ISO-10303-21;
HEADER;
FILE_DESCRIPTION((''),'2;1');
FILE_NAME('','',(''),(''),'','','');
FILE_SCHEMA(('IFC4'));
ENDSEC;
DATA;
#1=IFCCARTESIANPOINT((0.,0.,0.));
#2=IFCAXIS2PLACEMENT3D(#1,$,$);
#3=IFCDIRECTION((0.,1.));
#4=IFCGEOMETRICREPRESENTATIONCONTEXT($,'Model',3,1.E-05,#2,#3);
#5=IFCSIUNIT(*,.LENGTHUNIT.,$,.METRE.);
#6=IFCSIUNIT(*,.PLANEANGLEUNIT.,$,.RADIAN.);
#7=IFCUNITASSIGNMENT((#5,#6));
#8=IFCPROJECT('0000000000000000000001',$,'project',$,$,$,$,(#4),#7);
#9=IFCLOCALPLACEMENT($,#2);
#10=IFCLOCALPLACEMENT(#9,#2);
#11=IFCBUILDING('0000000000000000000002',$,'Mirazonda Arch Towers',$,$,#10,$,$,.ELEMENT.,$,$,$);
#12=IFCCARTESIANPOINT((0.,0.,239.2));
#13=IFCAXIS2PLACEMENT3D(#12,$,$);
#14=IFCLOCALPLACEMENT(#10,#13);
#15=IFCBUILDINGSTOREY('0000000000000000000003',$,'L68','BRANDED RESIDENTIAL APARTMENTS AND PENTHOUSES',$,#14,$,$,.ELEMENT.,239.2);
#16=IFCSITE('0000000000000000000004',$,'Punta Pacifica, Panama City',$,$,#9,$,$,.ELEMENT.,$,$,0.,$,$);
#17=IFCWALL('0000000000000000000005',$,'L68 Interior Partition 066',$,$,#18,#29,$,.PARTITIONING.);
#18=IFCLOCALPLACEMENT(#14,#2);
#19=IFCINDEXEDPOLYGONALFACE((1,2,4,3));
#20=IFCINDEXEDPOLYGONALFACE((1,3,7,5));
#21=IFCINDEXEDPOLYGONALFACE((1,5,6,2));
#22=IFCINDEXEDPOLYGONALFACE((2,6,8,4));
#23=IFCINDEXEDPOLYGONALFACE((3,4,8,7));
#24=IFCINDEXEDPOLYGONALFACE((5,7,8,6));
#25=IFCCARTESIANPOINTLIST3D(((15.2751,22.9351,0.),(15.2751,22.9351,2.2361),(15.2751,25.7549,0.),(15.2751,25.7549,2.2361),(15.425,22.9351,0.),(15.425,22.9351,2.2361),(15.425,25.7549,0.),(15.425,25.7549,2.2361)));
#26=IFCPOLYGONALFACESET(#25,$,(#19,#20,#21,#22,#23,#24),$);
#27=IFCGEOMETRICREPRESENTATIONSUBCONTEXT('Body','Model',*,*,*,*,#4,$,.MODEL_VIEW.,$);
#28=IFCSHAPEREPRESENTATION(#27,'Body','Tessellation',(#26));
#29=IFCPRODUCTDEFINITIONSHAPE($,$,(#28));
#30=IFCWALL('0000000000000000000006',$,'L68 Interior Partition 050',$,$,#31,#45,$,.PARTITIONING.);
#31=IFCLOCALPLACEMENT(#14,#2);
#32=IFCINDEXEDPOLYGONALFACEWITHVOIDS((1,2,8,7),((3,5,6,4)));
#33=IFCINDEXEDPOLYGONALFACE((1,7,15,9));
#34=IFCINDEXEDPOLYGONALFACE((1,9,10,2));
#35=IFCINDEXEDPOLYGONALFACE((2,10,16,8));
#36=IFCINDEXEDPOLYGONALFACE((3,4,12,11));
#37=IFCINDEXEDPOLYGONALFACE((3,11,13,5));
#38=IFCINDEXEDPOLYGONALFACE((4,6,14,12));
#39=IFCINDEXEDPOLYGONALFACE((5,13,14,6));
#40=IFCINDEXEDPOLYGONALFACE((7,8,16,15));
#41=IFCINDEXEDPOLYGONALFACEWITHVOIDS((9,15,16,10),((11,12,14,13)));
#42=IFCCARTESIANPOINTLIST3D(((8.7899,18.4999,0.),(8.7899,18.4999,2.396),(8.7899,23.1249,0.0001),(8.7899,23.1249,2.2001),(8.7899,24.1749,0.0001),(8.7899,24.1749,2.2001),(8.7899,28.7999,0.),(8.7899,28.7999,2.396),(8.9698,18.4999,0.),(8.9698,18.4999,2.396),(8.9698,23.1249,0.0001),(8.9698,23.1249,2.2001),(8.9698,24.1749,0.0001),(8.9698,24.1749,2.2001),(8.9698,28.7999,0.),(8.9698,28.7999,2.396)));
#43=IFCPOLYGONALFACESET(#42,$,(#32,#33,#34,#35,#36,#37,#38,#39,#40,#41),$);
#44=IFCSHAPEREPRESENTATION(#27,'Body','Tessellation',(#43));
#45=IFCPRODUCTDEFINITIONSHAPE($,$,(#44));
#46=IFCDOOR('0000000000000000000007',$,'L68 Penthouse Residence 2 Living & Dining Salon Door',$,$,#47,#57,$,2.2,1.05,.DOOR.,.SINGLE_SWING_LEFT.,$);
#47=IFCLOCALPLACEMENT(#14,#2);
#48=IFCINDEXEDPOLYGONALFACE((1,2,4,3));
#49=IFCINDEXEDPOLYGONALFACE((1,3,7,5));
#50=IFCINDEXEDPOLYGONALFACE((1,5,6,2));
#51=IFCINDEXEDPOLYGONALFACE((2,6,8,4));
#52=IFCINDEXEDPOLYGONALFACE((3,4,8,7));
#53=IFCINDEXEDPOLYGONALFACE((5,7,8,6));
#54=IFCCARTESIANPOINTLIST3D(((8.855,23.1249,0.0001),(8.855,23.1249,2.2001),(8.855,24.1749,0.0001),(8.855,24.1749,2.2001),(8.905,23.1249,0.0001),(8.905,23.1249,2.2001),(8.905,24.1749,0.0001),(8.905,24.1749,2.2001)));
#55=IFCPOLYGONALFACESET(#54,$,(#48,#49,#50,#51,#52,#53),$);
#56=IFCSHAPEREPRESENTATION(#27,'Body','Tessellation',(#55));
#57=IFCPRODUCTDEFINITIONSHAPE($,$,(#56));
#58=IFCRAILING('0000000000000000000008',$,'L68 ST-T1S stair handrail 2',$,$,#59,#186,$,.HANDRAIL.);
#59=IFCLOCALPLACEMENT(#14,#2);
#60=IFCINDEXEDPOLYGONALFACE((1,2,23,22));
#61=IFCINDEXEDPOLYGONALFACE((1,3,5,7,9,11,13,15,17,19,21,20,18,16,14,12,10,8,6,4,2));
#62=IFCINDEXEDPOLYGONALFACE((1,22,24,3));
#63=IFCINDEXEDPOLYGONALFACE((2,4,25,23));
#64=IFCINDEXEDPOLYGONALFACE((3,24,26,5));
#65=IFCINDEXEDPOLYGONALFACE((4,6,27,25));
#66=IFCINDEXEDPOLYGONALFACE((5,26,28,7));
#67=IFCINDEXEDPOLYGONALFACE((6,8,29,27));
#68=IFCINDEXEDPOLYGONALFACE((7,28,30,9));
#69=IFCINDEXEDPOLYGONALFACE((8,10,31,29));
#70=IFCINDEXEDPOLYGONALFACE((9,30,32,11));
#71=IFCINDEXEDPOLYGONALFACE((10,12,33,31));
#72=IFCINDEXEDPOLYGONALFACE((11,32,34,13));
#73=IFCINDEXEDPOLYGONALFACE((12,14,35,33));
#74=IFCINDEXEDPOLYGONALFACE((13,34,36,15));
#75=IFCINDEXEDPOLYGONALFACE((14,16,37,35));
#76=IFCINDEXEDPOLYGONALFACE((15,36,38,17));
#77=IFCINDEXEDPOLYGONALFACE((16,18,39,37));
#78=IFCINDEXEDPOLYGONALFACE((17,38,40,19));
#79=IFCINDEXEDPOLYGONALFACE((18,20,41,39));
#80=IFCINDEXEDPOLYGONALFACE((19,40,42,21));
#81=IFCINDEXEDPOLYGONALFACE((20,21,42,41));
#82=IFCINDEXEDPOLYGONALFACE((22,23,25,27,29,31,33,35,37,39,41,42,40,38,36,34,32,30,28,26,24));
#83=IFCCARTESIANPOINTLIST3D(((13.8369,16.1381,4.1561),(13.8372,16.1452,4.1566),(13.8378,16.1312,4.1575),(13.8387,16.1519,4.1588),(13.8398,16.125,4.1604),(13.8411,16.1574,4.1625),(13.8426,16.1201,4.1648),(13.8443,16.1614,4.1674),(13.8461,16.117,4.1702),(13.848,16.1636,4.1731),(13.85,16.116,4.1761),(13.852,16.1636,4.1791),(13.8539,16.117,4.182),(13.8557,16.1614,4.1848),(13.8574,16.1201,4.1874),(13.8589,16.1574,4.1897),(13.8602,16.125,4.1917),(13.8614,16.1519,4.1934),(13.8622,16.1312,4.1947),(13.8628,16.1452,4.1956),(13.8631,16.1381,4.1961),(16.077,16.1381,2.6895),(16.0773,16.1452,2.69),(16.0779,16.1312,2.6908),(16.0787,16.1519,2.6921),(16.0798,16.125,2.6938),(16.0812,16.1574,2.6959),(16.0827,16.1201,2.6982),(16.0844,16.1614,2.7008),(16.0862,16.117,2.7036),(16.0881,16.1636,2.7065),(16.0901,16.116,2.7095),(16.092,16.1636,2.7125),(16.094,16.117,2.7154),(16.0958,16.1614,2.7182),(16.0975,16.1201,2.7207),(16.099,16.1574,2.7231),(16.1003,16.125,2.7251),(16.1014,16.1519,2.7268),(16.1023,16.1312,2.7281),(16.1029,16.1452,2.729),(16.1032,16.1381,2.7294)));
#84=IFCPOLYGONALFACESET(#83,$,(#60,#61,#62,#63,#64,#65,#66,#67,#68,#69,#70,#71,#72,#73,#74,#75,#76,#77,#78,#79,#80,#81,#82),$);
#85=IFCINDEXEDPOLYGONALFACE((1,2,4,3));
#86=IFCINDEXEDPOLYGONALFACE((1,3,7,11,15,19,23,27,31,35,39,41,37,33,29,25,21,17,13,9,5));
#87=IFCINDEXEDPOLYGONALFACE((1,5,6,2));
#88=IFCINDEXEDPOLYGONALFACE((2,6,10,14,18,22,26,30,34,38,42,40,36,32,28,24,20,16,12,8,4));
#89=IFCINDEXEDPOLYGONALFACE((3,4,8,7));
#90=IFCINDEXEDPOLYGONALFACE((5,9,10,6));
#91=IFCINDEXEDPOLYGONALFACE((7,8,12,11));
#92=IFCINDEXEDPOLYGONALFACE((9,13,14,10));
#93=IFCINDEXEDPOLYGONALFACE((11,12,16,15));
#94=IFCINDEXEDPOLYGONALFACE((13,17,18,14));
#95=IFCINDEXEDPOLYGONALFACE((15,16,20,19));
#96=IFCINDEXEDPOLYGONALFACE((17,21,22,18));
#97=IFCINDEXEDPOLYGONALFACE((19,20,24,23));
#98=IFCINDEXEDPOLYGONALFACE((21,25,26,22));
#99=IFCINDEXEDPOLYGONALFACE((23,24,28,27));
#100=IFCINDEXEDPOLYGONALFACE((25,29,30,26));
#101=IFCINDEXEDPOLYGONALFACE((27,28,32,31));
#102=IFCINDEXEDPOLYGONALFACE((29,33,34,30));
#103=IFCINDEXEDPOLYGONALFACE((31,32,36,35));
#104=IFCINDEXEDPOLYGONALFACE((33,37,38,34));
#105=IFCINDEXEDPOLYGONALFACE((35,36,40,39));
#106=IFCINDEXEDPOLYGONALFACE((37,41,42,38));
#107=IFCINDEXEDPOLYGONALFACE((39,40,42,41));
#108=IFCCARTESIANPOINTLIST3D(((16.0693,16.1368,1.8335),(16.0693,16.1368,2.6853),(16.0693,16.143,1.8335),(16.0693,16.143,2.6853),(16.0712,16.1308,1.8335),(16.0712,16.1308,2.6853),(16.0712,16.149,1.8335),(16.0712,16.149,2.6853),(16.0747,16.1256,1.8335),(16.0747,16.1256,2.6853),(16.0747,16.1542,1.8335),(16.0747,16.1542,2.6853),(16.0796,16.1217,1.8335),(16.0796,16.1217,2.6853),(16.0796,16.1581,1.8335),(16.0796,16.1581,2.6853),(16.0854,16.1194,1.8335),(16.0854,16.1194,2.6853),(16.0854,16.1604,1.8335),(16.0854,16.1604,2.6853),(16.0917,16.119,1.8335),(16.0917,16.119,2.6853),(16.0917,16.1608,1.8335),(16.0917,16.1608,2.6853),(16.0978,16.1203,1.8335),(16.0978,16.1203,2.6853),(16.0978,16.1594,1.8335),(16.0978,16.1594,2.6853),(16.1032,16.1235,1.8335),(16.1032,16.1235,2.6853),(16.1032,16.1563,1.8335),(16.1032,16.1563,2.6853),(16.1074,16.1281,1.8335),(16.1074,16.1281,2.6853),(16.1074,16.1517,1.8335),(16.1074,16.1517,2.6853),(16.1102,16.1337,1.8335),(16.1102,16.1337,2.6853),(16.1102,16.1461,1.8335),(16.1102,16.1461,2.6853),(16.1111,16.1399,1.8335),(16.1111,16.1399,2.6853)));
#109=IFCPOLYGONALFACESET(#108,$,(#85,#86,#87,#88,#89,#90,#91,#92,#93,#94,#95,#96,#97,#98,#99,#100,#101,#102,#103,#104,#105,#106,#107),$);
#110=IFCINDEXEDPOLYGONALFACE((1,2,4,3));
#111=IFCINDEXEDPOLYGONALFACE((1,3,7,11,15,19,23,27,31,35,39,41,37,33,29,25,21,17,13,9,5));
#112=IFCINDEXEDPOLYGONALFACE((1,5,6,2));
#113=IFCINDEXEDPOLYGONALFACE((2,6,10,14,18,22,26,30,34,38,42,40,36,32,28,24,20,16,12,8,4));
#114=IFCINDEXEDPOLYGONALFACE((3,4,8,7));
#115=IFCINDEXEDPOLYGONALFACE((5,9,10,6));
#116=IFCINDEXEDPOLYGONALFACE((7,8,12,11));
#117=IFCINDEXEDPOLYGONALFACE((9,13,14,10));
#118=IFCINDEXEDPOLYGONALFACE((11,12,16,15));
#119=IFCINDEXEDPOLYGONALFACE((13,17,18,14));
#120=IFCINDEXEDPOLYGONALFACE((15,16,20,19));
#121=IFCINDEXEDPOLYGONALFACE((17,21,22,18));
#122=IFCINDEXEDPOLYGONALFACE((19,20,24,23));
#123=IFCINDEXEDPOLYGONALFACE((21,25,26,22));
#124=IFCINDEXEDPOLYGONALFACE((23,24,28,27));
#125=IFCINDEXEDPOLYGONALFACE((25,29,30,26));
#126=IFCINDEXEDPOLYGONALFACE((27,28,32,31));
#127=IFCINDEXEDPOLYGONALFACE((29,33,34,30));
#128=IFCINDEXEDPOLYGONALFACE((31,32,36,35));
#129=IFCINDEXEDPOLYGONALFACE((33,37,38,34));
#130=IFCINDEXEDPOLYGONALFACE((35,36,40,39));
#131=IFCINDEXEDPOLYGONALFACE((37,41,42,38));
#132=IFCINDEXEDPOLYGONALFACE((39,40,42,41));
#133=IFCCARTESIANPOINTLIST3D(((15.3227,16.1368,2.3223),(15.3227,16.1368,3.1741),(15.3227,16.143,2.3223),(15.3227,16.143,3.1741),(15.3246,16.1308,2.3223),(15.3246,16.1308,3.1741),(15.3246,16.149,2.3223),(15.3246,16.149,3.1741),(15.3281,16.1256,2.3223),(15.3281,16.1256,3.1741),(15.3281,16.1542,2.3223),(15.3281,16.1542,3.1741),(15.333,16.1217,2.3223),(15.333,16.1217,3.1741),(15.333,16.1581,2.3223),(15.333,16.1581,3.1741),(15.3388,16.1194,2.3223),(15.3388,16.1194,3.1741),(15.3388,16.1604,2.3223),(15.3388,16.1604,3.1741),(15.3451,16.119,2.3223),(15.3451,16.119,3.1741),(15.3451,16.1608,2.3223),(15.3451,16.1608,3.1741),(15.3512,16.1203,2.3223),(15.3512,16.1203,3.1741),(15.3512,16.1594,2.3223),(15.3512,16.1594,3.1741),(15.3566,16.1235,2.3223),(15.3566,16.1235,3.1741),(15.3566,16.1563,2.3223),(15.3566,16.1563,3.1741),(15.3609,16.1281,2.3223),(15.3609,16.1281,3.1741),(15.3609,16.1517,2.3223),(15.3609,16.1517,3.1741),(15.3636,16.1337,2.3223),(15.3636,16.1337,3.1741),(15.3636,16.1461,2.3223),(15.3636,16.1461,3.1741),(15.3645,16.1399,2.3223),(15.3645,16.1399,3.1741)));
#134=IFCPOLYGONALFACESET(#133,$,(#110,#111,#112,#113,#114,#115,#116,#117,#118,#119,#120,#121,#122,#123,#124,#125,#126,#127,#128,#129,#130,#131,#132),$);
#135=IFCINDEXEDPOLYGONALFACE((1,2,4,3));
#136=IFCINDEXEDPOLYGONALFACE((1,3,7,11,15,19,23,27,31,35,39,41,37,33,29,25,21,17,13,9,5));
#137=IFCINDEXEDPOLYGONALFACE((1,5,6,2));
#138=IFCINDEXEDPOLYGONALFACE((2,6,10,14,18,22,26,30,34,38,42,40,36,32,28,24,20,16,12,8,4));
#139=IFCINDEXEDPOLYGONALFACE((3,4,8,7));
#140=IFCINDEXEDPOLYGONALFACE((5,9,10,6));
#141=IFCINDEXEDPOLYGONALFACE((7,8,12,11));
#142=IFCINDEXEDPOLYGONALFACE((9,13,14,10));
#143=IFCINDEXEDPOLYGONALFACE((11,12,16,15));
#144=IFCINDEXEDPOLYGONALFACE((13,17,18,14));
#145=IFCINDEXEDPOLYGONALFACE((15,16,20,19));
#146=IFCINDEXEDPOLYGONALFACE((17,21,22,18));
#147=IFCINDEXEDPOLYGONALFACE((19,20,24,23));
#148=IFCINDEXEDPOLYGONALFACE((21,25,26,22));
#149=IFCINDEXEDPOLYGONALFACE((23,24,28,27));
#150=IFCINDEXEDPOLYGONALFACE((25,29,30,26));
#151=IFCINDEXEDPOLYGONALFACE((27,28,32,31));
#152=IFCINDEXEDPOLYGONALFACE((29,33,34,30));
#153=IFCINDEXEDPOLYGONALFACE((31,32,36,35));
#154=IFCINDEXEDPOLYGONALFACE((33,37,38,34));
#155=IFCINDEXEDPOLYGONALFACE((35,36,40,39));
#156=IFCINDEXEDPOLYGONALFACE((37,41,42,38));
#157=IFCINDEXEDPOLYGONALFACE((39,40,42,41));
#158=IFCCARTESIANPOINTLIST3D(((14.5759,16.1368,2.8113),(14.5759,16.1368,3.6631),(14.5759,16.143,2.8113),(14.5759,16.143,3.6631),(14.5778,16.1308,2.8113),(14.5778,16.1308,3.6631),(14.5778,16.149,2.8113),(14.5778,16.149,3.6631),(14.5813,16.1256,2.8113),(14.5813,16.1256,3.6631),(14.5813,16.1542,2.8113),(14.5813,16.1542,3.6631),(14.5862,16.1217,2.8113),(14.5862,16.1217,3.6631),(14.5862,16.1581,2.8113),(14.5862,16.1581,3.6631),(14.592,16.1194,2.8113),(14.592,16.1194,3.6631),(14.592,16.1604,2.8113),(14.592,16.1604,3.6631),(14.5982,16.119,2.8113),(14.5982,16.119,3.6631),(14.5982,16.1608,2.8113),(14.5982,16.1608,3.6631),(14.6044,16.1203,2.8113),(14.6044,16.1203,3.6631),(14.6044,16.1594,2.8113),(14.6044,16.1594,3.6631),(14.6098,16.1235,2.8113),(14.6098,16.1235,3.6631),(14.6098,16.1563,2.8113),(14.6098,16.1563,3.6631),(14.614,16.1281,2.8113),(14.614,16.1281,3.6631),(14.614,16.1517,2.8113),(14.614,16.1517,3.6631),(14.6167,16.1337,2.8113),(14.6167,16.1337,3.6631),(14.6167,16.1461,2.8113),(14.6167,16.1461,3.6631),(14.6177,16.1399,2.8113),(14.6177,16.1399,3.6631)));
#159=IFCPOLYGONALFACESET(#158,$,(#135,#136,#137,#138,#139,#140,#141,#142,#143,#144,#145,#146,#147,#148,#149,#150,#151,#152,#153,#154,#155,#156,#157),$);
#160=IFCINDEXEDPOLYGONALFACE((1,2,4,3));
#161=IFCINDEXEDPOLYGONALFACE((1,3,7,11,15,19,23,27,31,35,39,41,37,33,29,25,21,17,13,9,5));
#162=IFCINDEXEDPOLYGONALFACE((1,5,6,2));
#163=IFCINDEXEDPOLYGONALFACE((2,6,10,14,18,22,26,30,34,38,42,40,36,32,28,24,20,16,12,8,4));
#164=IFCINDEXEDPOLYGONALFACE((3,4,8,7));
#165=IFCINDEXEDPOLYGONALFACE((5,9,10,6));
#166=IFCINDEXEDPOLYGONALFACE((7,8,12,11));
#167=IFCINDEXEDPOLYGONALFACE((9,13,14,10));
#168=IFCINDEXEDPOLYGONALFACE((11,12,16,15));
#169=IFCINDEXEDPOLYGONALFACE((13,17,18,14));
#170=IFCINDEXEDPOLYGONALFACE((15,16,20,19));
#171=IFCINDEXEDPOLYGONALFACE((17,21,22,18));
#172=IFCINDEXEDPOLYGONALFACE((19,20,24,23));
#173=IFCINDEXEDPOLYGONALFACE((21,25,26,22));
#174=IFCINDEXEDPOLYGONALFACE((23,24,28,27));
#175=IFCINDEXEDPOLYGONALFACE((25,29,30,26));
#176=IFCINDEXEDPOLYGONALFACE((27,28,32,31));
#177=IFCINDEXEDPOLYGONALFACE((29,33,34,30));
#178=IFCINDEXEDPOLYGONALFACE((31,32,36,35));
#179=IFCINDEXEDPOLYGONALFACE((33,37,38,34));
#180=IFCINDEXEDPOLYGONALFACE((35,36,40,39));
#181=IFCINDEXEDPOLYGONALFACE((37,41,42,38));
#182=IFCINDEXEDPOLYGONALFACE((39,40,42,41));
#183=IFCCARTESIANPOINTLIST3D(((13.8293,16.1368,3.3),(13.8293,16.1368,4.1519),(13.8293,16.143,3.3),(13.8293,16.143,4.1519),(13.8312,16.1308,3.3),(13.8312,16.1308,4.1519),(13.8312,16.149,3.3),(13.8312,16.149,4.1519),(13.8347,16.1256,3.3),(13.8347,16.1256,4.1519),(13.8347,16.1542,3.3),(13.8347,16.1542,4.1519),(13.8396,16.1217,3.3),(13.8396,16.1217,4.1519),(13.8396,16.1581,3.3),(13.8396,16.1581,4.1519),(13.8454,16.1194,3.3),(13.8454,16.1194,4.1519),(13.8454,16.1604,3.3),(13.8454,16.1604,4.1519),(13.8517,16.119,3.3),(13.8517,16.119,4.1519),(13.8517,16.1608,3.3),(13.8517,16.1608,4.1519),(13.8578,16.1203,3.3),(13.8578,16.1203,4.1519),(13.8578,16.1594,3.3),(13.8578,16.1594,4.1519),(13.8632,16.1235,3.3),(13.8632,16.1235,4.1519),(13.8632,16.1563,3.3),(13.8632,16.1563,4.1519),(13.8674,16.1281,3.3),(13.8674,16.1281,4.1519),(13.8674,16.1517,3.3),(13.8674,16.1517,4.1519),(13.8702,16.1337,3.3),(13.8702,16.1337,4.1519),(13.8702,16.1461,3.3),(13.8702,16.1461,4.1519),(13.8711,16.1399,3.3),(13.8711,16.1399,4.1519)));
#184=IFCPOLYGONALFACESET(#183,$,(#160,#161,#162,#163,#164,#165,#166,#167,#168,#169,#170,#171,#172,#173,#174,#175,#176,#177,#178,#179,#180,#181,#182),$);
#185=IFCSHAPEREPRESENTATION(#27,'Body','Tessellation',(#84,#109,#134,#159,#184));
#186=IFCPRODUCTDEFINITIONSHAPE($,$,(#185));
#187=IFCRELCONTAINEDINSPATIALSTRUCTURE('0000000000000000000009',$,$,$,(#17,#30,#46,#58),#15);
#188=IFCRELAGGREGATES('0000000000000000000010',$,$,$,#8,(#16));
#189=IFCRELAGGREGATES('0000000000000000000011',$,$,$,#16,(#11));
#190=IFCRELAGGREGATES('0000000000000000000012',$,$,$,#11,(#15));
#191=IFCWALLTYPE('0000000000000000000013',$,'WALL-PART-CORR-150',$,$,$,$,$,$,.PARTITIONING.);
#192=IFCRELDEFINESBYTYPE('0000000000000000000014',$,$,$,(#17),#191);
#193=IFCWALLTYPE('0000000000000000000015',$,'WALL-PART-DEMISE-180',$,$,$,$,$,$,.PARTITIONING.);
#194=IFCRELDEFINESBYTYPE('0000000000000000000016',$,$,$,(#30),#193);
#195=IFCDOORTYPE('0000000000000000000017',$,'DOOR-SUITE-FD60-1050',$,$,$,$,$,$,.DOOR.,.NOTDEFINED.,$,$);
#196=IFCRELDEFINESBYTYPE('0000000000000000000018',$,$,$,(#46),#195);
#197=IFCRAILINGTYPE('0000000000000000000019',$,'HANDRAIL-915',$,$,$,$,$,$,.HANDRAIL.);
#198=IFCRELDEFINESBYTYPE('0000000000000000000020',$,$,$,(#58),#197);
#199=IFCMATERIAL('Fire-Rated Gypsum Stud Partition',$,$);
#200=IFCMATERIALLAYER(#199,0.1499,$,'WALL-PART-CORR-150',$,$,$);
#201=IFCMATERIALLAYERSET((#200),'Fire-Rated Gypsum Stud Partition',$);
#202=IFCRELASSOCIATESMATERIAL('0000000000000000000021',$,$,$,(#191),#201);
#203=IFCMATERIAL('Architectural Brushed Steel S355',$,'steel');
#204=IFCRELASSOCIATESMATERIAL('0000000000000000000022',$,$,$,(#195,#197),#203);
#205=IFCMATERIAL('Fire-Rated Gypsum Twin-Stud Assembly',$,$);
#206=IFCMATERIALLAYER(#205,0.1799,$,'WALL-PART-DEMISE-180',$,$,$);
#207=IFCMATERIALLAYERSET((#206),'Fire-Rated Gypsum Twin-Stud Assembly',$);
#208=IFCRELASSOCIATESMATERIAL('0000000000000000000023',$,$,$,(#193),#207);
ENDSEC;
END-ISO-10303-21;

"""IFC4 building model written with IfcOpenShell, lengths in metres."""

from ifc_helpers import new_model, si_unit, direction, frame, frame_2d, origin, origin_2d, place, context, subcontext, project, spatial, rectangle, circle, extrude, material, layer, layer_set, type_object, element, fill, save


model = new_model("IFC4")

# Units and contexts
model_context = context("Model", 3, precision=1e-05, world=origin(), true_north=direction((0.0, 1.0)))
body_context = subcontext(model_context, "Body", "Model", "MODEL_VIEW")
ifc_project = project(units=[si_unit("LENGTHUNIT", "METRE"), si_unit("PLANEANGLEUNIT", "RADIAN")], contexts=[model_context])

# Site, building, storey
site_placement = place(None, origin())
site = spatial("IfcSite", under=ifc_project, at=site_placement, Name="Punta Pacifica, Panama City", CompositionType="ELEMENT", RefElevation=0.0)
building_placement = place(site_placement, origin())
building = spatial("IfcBuilding", under=site, at=building_placement, Name="Mirazonda Arch Towers", CompositionType="ELEMENT")
storey_placement = place(building_placement, frame((0.0, 0.0, 239.2)))
storey = spatial("IfcBuildingStorey", under=building, at=storey_placement, Name="L68", Description="BRANDED RESIDENTIAL APARTMENTS AND PENTHOUSES", CompositionType="ELEMENT", Elevation=239.2)

# Shared definitions
ifc_material_1 = material(Name="Architectural Brushed Steel S355", Category="steel")

# Shared definitions
ifc_material_2 = material(Name="Fire-Rated Gypsum Stud Partition")
ifc_layer_1 = layer(ifc_material_2, 0.1499, Name="WALL-PART-CORR-150")
ifc_layer_set_1 = layer_set([ifc_layer_1], Name="Fire-Rated Gypsum Stud Partition")
wall_type_1 = type_object("IfcWallType", Name="WALL-PART-CORR-150", PredefinedType="PARTITIONING", material=ifc_layer_set_1)

# Shared definitions
door_type_1 = type_object("IfcDoorType", Name="DOOR-SUITE-FD60-1050", OperationType="NOTDEFINED", PredefinedType="DOOR", material=ifc_material_1)

# Wall
wall_1_placement = place(storey_placement, frame((15.3501, 22.9351, 0.0), z_axis=(0.0, 0.0, 1.0), x_axis=(0.0, 1.0, 0.0)))
element("IfcWall", 1, at=wall_1_placement, inside=storey, type_object=wall_type_1, Name="L68 Interior Partition 066", PredefinedType="PARTITIONING", context=body_context, shape_type="SweptSolid", body=[
    extrude(rectangle(XDim=2.8198, YDim=0.1499, at=frame_2d((1.4099, 0.0))), origin(), (0.0, 0.0, 1.0), 2.2361),
])

# Wall, opening, door
ifc_material_3 = material(Name="Fire-Rated Gypsum Twin-Stud Assembly")
ifc_layer_2 = layer(ifc_material_3, 0.1799, Name="WALL-PART-DEMISE-180")
ifc_layer_set_2 = layer_set([ifc_layer_2], Name="Fire-Rated Gypsum Twin-Stud Assembly")
wall_type_2 = type_object("IfcWallType", Name="WALL-PART-DEMISE-180", PredefinedType="PARTITIONING", material=ifc_layer_set_2)
wall_2_placement = place(storey_placement, frame((8.8799, 18.5, 0.0), z_axis=(0.0, 0.0, 1.0), x_axis=(0.0, 1.0, 0.0)))
wall_2 = element("IfcWall", 2, at=wall_2_placement, inside=storey, type_object=wall_type_2, Name="L68 Interior Partition 050", PredefinedType="PARTITIONING", context=body_context, shape_type="SweptSolid", body=[
    extrude(rectangle(XDim=10.3, YDim=0.1799, at=frame_2d((5.1499, 0.0))), origin(), (0.0, 0.0, 1.0), 2.396),
])
opening_1_placement = place(wall_2_placement, frame((4.625, 0.0, 0.0)))
opening_1 = element("IfcOpeningElement", 3, at=opening_1_placement, cuts=wall_2, PredefinedType="OPENING", context=body_context, shape_type="SweptSolid", body=[
    extrude(rectangle(XDim=1.05, YDim=2.2, at=frame_2d((0.5249, 1.1001))), frame((0.0, 0.0999, 0.0), z_axis=(0.0, -1.0, 0.0), x_axis=(1.0, 0.0, 0.0)), (0.0, 0.0, 1.0), 0.2),
])
door_1_placement = place(opening_1_placement, origin())
door_1 = element("IfcDoor", 4, at=door_1_placement, inside=storey, type_object=door_type_1, Name="L68 Penthouse Residence 2 Living & Dining Salon Door", OperationType="SINGLE_SWING_LEFT", OverallHeight=2.2, OverallWidth=1.05, PredefinedType="DOOR", context=body_context, shape_type="SweptSolid", body=[
    extrude(rectangle(XDim=1.05, YDim=2.2, at=frame_2d((0.5249, 1.1001))), frame((0.0, 0.0249, 0.0), z_axis=(0.0, -1.0, 0.0), x_axis=(1.0, 0.0, 0.0)), (0.0, 0.0, 1.0), 0.05),
])
fill(opening_1, door_1)

# Railing
railing_type = type_object("IfcRailingType", Name="HANDRAIL-915", PredefinedType="HANDRAIL", material=ifc_material_1)
railing_placement = place(storey_placement, frame((16.0901, 16.1399, 1.8335)))
element("IfcRailing", 5, at=railing_placement, inside=storey, type_object=railing_type, Name="L68 ST-T1S stair handrail 2", PredefinedType="HANDRAIL", context=body_context, shape_type="SweptSolid", body=[
    extrude(circle(Radius=0.0239, at=origin_2d()), frame((0.0, 0.0, 0.876), z_axis=(-0.836637, 0.0, 0.547758), x_axis=(0.0, -1.0, 0.0)), (0.0, 0.0, 1.0), 2.6775),
    extrude(circle(Radius=0.021, at=origin_2d()), origin(), (0.0, 0.0, 1.0), 0.8518),
    extrude(circle(Radius=0.021, at=origin_2d()), frame((-0.7466, 0.0, 0.4888)), (0.0, 0.0, 1.0), 0.8518),
    extrude(circle(Radius=0.021, at=origin_2d()), frame((-1.4934, 0.0, 0.9778)), (0.0, 0.0, 1.0), 0.8518),
    extrude(circle(Radius=0.021, at=origin_2d()), frame((-2.24, 0.0, 1.4666)), (0.0, 0.0, 1.0), 0.8518),
])

save(model, "model.ifc")
